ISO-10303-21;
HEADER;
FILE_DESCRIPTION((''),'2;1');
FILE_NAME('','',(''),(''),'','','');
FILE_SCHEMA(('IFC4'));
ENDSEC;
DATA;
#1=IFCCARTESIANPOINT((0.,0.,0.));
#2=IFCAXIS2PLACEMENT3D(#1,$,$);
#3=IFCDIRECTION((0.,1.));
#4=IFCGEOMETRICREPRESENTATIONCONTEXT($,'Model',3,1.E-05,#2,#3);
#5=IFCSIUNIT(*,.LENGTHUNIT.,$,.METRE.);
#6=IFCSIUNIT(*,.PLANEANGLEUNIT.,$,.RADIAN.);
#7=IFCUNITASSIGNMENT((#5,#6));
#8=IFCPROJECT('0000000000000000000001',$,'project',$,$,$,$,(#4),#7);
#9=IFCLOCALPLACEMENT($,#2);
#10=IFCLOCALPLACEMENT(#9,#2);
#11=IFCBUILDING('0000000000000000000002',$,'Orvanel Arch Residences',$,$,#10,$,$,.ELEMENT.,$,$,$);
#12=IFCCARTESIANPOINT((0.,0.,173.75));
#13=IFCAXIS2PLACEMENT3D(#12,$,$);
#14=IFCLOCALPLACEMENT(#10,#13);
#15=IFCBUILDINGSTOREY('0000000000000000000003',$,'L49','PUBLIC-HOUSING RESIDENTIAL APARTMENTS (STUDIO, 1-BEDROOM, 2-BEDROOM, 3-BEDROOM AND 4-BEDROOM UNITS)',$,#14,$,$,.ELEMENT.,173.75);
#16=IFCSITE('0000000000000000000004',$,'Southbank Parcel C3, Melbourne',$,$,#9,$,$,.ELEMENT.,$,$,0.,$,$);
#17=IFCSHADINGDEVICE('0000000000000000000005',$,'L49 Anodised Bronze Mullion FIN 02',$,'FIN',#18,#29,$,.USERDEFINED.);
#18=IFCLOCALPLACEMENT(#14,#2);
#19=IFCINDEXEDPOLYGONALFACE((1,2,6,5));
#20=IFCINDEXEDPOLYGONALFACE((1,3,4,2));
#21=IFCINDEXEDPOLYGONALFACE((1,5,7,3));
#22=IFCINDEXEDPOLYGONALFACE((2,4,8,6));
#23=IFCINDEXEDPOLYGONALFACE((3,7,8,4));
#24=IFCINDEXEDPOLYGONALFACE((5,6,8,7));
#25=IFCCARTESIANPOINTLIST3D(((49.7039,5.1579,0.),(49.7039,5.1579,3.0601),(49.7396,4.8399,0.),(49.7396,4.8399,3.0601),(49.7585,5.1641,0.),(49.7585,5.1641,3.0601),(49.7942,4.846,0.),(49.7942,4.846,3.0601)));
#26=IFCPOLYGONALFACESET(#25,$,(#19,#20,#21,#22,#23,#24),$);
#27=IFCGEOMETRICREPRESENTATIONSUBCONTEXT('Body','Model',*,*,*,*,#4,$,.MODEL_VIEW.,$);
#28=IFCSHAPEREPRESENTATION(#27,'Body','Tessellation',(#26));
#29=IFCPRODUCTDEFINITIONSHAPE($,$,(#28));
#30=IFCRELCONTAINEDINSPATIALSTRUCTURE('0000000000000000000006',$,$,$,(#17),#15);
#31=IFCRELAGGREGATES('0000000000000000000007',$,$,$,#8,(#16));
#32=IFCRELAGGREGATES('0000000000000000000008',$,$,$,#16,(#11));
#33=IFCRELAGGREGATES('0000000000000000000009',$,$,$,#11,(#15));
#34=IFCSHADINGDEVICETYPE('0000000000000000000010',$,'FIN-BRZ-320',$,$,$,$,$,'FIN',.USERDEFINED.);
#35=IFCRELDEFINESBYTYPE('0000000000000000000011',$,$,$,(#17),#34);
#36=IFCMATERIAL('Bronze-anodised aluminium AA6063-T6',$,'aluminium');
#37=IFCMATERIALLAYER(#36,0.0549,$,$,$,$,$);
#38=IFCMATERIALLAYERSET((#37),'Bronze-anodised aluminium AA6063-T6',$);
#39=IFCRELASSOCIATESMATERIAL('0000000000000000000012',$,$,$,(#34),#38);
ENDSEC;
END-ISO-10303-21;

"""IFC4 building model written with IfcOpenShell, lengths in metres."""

from ifc_helpers import new_model, si_unit, direction, frame, origin, origin_2d, place, context, subcontext, project, spatial, rectangle, extrude, material, layer, layer_set, type_object, element, save


model = new_model("IFC4")

# Units and contexts
model_context = context("Model", 3, precision=1e-05, world=origin(), true_north=direction((0.0, 1.0)))
body_context = subcontext(model_context, "Body", "Model", "MODEL_VIEW")
ifc_project = project(units=[si_unit("LENGTHUNIT", "METRE"), si_unit("PLANEANGLEUNIT", "RADIAN")], contexts=[model_context])

# Site, building, storey
site_placement = place(None, origin())
site = spatial("IfcSite", under=ifc_project, at=site_placement, Name="Southbank Parcel C3, Melbourne", CompositionType="ELEMENT", RefElevation=0.0)
building_placement = place(site_placement, origin())
building = spatial("IfcBuilding", under=site, at=building_placement, Name="Orvanel Arch Residences", CompositionType="ELEMENT")
storey_placement = place(building_placement, frame((0.0, 0.0, 173.75)))
storey = spatial("IfcBuildingStorey", under=building, at=storey_placement, Name="L49", Description="PUBLIC-HOUSING RESIDENTIAL APARTMENTS (STUDIO, 1-BEDROOM, 2-BEDROOM, 3-BEDROOM AND 4-BEDROOM UNITS)", CompositionType="ELEMENT", Elevation=173.75)

# Shared definitions
ifc_material_1 = material(Name="Bronze-anodised aluminium AA6063-T6", Category="aluminium")

# Shading device
ifc_layer_1 = layer(ifc_material_1, 0.0549)
ifc_layer_set_1 = layer_set([ifc_layer_1], Name="Bronze-anodised aluminium AA6063-T6")
shading_device_type = type_object("IfcShadingDeviceType", Name="FIN-BRZ-320", ElementType="FIN", PredefinedType="USERDEFINED", material=ifc_layer_set_1)
shading_device_placement = place(storey_placement, frame((49.749, 5.002, 0.0), z_axis=(0.0, 0.0, 1.0), x_axis=(0.111469, -0.993768, 0.0)))
element("IfcShadingDevice", 1, at=shading_device_placement, inside=storey, type_object=shading_device_type, Name="L49 Anodised Bronze Mullion FIN 02", ObjectType="FIN", PredefinedType="USERDEFINED", context=body_context, shape_type="SweptSolid", body=[
    extrude(rectangle(XDim=0.3201, YDim=0.0549, at=origin_2d()), origin(), (0.0, 0.0, 1.0), 3.0601),
])

save(model, "model.ifc")
